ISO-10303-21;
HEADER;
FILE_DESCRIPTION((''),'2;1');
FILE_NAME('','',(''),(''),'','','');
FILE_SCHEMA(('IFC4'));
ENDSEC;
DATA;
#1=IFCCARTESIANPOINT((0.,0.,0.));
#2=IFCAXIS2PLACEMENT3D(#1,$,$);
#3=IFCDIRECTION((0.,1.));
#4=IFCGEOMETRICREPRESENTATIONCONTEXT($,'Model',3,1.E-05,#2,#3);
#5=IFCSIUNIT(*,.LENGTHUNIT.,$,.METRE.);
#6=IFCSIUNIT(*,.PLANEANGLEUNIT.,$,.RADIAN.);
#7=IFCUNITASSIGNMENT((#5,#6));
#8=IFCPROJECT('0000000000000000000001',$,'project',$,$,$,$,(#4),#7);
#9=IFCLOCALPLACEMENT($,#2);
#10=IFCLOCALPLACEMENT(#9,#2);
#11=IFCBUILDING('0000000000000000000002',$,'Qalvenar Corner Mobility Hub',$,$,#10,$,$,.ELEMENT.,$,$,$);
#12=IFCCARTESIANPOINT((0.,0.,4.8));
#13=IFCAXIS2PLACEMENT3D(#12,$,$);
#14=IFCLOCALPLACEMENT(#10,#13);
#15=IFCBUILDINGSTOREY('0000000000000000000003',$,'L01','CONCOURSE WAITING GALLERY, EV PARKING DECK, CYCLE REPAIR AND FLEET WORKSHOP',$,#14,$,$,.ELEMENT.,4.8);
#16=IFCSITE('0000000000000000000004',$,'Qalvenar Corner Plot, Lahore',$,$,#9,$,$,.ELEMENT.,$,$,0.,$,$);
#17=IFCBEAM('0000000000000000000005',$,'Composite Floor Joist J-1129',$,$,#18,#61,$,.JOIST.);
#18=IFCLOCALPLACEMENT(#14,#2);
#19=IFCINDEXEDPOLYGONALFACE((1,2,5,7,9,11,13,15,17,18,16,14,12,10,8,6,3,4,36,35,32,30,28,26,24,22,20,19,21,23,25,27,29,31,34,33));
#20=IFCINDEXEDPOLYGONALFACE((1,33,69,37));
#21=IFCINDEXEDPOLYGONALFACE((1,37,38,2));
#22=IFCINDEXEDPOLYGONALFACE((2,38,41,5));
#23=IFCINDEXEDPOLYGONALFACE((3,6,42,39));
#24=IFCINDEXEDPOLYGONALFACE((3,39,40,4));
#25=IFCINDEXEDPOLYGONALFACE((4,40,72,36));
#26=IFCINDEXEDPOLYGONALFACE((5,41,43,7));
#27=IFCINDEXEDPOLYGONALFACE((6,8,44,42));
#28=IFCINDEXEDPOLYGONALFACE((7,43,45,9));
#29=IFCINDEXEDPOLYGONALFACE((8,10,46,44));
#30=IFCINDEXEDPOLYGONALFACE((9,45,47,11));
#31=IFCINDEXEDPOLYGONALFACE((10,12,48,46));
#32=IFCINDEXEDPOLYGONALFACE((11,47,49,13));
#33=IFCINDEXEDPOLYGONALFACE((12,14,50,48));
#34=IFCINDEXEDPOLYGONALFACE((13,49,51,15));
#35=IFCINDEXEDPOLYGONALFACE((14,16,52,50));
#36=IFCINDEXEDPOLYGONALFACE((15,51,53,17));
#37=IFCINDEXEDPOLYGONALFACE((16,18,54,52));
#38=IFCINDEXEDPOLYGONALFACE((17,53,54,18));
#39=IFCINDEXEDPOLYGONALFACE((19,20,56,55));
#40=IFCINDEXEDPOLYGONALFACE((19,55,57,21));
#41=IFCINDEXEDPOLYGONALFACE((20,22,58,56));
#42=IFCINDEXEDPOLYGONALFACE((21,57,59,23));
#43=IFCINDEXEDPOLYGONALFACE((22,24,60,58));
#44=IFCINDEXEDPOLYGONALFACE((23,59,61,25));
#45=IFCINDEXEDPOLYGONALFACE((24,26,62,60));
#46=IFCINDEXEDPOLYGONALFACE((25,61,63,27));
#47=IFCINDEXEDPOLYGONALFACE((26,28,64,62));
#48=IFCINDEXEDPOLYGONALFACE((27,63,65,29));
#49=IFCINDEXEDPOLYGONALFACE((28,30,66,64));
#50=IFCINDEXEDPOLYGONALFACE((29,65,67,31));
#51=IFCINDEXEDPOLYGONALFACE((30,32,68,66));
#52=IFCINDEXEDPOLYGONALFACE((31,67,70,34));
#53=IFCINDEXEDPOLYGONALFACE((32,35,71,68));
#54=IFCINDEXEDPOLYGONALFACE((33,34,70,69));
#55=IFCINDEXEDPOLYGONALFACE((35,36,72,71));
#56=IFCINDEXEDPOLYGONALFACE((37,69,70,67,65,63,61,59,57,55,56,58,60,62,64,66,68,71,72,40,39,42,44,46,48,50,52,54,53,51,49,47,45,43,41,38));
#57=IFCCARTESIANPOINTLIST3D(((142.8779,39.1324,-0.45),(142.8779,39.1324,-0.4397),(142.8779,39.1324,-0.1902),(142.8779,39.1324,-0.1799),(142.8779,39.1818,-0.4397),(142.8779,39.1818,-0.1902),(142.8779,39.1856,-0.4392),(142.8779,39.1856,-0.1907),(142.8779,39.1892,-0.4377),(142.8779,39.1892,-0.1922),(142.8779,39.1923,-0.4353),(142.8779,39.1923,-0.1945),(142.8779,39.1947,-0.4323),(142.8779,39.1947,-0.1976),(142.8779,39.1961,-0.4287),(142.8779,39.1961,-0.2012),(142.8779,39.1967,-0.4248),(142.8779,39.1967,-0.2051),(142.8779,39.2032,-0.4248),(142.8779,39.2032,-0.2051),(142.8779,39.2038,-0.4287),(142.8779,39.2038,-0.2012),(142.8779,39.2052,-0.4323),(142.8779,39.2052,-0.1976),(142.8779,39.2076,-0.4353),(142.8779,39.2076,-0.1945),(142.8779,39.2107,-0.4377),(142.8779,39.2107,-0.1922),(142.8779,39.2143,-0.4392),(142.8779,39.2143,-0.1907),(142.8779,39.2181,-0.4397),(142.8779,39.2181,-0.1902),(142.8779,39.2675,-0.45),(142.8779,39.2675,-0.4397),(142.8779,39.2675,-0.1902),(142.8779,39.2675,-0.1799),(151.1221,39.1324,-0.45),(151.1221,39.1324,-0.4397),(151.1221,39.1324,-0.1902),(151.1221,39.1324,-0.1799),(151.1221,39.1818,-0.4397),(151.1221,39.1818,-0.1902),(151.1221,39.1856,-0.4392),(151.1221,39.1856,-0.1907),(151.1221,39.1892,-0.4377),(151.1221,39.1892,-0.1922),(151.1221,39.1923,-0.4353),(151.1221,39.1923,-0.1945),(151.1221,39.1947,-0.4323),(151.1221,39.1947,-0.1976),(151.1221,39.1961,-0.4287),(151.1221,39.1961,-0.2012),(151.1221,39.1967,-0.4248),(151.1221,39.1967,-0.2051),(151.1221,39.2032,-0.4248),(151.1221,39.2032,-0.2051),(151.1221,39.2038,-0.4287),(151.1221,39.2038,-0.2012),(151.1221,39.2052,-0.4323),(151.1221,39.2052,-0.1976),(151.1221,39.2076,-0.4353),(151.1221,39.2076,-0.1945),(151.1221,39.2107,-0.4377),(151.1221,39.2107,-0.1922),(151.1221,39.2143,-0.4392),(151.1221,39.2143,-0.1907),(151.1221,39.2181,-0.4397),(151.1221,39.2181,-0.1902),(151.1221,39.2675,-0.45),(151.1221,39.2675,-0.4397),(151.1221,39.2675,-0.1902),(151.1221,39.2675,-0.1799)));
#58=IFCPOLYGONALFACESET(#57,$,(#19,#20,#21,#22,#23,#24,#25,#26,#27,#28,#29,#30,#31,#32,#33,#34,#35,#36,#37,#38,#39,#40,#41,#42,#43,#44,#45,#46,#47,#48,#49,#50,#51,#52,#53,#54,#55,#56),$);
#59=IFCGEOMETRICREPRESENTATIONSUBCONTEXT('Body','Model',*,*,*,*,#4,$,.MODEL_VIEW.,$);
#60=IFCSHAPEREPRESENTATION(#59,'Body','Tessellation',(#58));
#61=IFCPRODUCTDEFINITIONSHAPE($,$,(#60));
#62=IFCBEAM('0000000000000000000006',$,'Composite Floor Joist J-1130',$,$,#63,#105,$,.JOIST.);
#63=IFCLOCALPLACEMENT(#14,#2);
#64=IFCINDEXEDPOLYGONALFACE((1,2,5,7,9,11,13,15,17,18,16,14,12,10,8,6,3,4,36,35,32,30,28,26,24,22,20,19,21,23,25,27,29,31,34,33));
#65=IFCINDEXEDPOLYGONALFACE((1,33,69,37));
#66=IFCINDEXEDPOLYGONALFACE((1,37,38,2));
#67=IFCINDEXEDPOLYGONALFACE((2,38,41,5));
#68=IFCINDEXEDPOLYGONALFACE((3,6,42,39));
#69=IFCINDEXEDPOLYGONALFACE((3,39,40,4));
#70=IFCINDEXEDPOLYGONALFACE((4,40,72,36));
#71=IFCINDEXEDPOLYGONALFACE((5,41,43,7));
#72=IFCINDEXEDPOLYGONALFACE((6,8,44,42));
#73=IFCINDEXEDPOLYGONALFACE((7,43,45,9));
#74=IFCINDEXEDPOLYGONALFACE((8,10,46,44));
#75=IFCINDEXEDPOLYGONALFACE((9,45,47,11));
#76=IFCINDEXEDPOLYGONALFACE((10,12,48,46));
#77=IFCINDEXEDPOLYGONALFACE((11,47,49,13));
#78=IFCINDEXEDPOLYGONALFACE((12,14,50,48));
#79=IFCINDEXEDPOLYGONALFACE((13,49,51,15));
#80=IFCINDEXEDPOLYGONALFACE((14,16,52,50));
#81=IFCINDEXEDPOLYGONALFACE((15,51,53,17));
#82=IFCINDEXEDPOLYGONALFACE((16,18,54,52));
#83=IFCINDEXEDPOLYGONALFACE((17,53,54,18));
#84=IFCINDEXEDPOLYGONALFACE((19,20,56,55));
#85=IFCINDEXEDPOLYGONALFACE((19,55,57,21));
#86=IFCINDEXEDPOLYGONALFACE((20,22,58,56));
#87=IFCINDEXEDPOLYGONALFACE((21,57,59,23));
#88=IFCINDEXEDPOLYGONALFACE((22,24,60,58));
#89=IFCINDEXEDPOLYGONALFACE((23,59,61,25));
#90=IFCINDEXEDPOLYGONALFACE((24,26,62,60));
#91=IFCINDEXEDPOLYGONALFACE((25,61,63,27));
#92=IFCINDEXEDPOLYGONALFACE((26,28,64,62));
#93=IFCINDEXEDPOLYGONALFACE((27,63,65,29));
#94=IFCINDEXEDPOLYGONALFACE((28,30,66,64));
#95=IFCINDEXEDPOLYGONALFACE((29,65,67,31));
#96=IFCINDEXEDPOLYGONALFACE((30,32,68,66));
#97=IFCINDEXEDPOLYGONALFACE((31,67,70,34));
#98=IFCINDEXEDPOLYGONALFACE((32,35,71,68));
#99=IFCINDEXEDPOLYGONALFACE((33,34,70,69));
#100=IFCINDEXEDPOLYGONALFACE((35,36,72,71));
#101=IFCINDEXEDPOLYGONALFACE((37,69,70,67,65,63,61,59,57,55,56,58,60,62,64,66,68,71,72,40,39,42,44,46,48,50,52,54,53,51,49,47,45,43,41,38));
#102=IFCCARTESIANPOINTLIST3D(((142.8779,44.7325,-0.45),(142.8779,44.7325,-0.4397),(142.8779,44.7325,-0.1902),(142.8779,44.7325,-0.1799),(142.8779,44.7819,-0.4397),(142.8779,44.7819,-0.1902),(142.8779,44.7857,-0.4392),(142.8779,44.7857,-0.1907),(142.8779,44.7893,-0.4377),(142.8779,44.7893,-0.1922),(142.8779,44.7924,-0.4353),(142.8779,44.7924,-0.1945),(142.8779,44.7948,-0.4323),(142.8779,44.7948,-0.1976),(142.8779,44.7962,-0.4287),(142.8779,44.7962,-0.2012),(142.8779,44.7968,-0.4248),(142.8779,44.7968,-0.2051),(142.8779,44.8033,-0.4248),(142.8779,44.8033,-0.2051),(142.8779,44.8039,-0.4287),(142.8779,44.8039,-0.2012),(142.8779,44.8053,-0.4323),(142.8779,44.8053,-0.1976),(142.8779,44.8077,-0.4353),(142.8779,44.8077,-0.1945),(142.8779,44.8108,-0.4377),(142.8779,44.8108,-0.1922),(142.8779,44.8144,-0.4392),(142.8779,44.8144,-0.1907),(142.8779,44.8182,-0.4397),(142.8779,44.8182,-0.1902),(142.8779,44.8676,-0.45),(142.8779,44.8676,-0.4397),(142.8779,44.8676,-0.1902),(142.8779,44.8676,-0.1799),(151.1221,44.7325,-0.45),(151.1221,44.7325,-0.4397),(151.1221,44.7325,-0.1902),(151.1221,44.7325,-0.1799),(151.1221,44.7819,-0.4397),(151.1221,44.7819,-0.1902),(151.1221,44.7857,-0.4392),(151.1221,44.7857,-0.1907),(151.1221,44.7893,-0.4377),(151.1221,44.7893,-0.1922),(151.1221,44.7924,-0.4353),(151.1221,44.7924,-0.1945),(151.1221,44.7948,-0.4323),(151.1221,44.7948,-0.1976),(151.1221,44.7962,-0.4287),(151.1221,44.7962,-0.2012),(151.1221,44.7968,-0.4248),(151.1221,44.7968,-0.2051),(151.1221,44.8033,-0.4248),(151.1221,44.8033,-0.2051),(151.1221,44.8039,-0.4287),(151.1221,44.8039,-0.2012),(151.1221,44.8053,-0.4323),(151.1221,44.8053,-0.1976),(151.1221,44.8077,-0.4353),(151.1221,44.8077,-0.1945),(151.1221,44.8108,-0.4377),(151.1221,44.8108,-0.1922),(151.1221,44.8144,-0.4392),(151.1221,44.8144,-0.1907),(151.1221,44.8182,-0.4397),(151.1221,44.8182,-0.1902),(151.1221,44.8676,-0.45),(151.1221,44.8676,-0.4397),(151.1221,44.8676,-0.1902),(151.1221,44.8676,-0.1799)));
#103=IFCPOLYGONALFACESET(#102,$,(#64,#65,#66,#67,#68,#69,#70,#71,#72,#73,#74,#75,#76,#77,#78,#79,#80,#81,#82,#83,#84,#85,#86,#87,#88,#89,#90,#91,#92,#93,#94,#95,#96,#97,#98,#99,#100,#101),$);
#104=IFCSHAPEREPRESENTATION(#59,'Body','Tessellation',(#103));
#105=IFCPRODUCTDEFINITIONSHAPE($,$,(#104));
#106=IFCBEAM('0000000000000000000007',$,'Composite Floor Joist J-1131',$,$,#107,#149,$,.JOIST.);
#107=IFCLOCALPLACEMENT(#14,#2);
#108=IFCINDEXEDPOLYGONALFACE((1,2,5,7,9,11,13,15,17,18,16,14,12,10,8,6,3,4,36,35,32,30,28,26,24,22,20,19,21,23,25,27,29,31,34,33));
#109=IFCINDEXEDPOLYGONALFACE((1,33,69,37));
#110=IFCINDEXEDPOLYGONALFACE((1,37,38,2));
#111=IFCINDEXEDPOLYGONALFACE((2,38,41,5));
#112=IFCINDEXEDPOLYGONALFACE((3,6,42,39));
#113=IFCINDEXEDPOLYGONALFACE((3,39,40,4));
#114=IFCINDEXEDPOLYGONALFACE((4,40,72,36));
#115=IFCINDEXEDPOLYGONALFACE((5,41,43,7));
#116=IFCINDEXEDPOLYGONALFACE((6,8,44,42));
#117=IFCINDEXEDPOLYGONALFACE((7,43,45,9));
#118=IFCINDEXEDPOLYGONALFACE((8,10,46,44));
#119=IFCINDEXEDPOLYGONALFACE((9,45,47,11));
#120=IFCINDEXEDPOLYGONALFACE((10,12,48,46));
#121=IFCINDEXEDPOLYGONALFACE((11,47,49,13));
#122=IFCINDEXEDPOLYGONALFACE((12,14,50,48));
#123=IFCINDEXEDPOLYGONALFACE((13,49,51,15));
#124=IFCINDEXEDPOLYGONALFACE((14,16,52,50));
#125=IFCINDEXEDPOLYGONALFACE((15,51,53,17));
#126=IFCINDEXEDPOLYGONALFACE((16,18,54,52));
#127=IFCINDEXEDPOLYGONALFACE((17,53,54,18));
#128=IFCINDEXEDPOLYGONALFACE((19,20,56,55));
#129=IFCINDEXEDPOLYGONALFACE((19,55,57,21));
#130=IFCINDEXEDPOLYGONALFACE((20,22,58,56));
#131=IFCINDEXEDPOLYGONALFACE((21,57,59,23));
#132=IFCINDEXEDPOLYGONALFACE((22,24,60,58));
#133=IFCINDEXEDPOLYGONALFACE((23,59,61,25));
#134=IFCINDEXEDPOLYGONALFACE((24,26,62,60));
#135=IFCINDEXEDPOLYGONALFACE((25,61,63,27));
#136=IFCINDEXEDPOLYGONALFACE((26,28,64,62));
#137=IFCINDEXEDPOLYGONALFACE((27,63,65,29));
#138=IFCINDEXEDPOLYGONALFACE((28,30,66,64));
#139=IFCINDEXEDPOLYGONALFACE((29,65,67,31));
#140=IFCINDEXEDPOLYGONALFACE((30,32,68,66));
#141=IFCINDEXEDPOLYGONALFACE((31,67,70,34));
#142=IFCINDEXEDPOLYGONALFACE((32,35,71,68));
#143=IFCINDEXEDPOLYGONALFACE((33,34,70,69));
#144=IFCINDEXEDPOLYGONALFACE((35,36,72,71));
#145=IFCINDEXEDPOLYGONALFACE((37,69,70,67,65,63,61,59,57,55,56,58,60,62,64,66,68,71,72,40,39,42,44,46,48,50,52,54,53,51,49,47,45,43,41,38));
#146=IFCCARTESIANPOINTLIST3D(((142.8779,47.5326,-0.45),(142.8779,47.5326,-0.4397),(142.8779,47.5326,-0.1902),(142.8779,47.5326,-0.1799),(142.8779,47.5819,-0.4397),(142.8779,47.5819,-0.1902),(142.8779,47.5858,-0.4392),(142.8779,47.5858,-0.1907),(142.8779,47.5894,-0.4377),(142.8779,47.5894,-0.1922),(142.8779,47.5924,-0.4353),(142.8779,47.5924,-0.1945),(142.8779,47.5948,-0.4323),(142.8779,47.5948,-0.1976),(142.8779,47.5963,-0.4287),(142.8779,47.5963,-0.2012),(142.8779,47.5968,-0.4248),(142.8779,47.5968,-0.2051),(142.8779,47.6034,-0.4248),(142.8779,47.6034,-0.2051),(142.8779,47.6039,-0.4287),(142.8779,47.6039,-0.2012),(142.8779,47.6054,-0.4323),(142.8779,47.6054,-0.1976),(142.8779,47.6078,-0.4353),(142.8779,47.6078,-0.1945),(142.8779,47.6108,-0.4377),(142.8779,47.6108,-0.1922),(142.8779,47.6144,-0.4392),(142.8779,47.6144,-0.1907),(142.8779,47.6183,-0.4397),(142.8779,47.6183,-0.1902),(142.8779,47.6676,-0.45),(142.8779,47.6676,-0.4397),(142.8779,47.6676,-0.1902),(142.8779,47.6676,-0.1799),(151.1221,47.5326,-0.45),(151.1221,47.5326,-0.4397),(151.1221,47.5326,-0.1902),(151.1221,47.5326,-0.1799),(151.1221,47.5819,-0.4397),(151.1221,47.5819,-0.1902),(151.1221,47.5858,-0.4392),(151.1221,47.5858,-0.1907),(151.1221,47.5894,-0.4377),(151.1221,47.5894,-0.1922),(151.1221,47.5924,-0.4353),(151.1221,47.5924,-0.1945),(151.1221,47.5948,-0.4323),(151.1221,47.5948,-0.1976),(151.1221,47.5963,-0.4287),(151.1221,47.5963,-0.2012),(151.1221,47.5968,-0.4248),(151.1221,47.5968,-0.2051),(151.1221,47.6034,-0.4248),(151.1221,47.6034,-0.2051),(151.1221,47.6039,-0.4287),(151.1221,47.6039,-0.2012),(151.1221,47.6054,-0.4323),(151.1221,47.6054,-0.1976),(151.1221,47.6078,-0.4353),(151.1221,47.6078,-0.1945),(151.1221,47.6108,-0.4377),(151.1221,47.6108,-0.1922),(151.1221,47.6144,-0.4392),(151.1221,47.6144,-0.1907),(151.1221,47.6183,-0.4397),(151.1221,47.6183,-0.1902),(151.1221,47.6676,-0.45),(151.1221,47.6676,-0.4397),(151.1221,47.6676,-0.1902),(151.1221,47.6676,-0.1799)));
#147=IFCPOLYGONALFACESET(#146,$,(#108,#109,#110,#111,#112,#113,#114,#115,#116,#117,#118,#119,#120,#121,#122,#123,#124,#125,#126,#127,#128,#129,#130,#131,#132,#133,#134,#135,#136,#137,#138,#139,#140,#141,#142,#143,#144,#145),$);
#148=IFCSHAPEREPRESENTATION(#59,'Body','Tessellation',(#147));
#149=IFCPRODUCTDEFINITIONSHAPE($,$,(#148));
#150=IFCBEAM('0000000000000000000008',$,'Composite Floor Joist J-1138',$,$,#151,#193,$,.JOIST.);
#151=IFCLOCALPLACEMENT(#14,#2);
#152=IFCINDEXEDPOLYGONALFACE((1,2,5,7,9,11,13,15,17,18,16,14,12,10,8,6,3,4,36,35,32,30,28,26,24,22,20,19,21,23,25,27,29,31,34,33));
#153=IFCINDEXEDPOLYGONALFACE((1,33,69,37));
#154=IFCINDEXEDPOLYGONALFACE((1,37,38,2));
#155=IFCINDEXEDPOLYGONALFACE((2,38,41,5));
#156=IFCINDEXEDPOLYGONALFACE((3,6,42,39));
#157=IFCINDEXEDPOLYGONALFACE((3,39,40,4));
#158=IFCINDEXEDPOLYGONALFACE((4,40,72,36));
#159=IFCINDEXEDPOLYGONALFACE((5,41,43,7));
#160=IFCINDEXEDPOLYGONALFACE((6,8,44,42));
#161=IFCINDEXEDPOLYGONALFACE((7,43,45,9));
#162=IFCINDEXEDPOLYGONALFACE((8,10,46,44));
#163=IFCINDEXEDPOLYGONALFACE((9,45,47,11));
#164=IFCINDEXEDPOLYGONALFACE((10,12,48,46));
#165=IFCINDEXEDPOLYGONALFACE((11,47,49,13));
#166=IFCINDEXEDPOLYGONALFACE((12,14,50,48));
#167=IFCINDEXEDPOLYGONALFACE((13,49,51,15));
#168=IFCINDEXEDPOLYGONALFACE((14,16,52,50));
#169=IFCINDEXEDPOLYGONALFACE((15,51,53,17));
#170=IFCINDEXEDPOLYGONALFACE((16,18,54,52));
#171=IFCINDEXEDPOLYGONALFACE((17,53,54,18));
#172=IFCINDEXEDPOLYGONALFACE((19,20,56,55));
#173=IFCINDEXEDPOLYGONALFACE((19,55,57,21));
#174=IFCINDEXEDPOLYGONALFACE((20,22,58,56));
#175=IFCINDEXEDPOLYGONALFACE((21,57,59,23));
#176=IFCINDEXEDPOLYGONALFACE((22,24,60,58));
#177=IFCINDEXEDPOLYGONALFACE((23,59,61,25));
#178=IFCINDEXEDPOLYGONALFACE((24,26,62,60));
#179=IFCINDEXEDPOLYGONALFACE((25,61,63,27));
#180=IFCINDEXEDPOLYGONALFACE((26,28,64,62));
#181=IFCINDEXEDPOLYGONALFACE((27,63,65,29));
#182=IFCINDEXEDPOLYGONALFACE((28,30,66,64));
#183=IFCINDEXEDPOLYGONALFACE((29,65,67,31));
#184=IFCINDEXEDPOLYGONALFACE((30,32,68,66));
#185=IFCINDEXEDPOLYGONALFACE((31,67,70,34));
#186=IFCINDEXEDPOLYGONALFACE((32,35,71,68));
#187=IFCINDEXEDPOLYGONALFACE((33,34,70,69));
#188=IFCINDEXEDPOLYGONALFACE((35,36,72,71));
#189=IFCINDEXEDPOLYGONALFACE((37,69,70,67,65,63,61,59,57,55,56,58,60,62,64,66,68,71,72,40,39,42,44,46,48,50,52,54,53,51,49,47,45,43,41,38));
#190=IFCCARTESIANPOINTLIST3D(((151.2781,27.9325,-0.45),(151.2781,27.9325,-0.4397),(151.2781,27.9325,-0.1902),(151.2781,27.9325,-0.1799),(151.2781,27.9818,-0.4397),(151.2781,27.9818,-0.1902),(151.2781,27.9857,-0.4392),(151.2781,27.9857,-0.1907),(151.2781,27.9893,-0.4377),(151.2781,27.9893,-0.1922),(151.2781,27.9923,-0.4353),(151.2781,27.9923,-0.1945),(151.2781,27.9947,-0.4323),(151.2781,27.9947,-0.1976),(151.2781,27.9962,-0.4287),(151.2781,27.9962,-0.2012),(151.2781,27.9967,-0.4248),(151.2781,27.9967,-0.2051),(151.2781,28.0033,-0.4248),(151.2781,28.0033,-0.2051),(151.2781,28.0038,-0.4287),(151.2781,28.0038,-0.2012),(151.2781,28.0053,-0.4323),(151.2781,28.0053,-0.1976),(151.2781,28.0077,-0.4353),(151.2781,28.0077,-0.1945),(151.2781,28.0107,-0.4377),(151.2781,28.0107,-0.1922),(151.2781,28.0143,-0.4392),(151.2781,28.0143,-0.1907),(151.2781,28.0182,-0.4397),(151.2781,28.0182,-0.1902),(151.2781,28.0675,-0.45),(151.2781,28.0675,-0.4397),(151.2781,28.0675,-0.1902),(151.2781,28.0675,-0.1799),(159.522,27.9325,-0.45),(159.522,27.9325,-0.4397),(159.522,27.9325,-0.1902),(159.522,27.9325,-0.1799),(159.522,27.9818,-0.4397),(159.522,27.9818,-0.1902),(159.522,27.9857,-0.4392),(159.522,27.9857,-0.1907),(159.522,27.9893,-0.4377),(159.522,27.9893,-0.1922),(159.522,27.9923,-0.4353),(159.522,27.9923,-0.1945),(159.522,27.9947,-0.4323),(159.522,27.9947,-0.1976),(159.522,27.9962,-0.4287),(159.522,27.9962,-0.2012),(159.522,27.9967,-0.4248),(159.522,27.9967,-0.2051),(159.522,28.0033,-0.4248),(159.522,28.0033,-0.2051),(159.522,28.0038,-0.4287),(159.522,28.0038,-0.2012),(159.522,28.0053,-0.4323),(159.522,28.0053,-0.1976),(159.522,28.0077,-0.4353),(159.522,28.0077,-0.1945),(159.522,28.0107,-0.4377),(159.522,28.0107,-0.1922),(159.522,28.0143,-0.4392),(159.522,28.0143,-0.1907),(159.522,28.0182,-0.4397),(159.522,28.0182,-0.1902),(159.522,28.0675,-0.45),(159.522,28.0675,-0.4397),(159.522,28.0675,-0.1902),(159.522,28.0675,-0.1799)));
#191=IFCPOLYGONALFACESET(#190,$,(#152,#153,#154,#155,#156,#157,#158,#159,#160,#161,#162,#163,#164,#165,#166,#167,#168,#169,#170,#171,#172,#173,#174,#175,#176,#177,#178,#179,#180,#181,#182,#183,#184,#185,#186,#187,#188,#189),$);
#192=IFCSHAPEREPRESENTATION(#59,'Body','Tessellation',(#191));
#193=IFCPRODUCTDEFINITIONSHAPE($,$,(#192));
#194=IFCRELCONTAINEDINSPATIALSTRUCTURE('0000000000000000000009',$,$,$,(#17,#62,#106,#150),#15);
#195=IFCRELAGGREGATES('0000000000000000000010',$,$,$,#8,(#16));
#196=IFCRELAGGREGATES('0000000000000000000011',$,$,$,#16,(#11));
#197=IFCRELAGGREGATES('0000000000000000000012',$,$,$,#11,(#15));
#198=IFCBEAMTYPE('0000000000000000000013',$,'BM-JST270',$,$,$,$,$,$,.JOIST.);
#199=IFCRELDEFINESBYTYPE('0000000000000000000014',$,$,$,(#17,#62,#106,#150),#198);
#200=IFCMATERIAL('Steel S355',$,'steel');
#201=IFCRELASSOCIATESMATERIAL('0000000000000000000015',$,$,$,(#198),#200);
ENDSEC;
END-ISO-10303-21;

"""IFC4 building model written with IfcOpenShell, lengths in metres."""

from ifc_helpers import new_model, si_unit, direction, frame, origin, origin_2d, place, context, subcontext, project, spatial, i_section, extrude, material, material_profile, profile_set, type_object, element, save


model = new_model("IFC4")

# Units and contexts
model_context = context("Model", 3, precision=1e-05, world=origin(), true_north=direction((0.0, 1.0)))
body_context = subcontext(model_context, "Body", "Model", "MODEL_VIEW")
ifc_project = project(units=[si_unit("LENGTHUNIT", "METRE"), si_unit("PLANEANGLEUNIT", "RADIAN")], contexts=[model_context])

# Site, building, storey
site_placement = place(None, origin())
site = spatial("IfcSite", under=ifc_project, at=site_placement, Name="Qalvenar Corner Plot, Lahore", CompositionType="ELEMENT", RefElevation=0.0)
building_placement = place(site_placement, origin())
building = spatial("IfcBuilding", under=site, at=building_placement, Name="Qalvenar Corner Mobility Hub", CompositionType="ELEMENT")
storey_placement = place(building_placement, frame((0.0, 0.0, 4.8)))
storey = spatial("IfcBuildingStorey", under=building, at=storey_placement, Name="L01", Description="CONCOURSE WAITING GALLERY, EV PARKING DECK, CYCLE REPAIR AND FLEET WORKSHOP", CompositionType="ELEMENT", Elevation=4.8)

# Shared definitions
ifc_material_1 = material(Name="Steel S355", Category="steel")

# Beams
ifc_material_profile_1 = material_profile(ifc_material_1, i_section(OverallWidth=0.135, OverallDepth=0.27, WebThickness=0.0066, FlangeThickness=0.0103, FilletRadius=0.0149, at=origin_2d()), Name="IPE270")
ifc_profile_set_1 = profile_set([ifc_material_profile_1], Name="Steel S355")
beam_type_1 = type_object("IfcBeamType", Name="BM-JST270", PredefinedType="JOIST", material=ifc_profile_set_1)
for number, where, z_axis, x_axis, name in (
    (1, (142.8779, 39.2, -0.3149), (1.0, 0.0, 0.0), (0.0, 1.0, 0.0), "Composite Floor Joist J-1129"),
    (2, (142.8779, 44.8, -0.3149), (1.0, 0.0, 0.0), (0.0, 1.0, 0.0), "Composite Floor Joist J-1130"),
    (3, (142.8779, 47.6001, -0.3149), (1.0, 0.0, 0.0), (0.0, 1.0, 0.0), "Composite Floor Joist J-1131"),
):
    element("IfcBeam", number, at=place(storey_placement, frame(where, z_axis=z_axis, x_axis=x_axis)), inside=storey, type_object=beam_type_1, Name=name, PredefinedType="JOIST", context=body_context, shape_type="SweptSolid", body=[
        extrude(i_section(OverallWidth=0.135, OverallDepth=0.27, WebThickness=0.0066, FlangeThickness=0.0103, FilletRadius=0.0149, at=origin_2d()), origin(), (0.0, 0.0, 1.0), 8.2441),
    ])
for number, where, z_axis, x_axis, name in (
    (4, (151.2781, 28.0, -0.3149), (1.0, 0.0, 0.0), (0.0, 1.0, 0.0), "Composite Floor Joist J-1138"),
):
    element("IfcBeam", number, at=place(storey_placement, frame(where, z_axis=z_axis, x_axis=x_axis)), inside=storey, type_object=beam_type_1, Name=name, PredefinedType="JOIST", context=body_context, shape_type="SweptSolid", body=[
        extrude(i_section(OverallWidth=0.135, OverallDepth=0.27, WebThickness=0.0066, FlangeThickness=0.0103, FilletRadius=0.0149, at=origin_2d()), origin(), (0.0, 0.0, 1.0), 8.2439),
    ])

save(model, "model.ifc")
